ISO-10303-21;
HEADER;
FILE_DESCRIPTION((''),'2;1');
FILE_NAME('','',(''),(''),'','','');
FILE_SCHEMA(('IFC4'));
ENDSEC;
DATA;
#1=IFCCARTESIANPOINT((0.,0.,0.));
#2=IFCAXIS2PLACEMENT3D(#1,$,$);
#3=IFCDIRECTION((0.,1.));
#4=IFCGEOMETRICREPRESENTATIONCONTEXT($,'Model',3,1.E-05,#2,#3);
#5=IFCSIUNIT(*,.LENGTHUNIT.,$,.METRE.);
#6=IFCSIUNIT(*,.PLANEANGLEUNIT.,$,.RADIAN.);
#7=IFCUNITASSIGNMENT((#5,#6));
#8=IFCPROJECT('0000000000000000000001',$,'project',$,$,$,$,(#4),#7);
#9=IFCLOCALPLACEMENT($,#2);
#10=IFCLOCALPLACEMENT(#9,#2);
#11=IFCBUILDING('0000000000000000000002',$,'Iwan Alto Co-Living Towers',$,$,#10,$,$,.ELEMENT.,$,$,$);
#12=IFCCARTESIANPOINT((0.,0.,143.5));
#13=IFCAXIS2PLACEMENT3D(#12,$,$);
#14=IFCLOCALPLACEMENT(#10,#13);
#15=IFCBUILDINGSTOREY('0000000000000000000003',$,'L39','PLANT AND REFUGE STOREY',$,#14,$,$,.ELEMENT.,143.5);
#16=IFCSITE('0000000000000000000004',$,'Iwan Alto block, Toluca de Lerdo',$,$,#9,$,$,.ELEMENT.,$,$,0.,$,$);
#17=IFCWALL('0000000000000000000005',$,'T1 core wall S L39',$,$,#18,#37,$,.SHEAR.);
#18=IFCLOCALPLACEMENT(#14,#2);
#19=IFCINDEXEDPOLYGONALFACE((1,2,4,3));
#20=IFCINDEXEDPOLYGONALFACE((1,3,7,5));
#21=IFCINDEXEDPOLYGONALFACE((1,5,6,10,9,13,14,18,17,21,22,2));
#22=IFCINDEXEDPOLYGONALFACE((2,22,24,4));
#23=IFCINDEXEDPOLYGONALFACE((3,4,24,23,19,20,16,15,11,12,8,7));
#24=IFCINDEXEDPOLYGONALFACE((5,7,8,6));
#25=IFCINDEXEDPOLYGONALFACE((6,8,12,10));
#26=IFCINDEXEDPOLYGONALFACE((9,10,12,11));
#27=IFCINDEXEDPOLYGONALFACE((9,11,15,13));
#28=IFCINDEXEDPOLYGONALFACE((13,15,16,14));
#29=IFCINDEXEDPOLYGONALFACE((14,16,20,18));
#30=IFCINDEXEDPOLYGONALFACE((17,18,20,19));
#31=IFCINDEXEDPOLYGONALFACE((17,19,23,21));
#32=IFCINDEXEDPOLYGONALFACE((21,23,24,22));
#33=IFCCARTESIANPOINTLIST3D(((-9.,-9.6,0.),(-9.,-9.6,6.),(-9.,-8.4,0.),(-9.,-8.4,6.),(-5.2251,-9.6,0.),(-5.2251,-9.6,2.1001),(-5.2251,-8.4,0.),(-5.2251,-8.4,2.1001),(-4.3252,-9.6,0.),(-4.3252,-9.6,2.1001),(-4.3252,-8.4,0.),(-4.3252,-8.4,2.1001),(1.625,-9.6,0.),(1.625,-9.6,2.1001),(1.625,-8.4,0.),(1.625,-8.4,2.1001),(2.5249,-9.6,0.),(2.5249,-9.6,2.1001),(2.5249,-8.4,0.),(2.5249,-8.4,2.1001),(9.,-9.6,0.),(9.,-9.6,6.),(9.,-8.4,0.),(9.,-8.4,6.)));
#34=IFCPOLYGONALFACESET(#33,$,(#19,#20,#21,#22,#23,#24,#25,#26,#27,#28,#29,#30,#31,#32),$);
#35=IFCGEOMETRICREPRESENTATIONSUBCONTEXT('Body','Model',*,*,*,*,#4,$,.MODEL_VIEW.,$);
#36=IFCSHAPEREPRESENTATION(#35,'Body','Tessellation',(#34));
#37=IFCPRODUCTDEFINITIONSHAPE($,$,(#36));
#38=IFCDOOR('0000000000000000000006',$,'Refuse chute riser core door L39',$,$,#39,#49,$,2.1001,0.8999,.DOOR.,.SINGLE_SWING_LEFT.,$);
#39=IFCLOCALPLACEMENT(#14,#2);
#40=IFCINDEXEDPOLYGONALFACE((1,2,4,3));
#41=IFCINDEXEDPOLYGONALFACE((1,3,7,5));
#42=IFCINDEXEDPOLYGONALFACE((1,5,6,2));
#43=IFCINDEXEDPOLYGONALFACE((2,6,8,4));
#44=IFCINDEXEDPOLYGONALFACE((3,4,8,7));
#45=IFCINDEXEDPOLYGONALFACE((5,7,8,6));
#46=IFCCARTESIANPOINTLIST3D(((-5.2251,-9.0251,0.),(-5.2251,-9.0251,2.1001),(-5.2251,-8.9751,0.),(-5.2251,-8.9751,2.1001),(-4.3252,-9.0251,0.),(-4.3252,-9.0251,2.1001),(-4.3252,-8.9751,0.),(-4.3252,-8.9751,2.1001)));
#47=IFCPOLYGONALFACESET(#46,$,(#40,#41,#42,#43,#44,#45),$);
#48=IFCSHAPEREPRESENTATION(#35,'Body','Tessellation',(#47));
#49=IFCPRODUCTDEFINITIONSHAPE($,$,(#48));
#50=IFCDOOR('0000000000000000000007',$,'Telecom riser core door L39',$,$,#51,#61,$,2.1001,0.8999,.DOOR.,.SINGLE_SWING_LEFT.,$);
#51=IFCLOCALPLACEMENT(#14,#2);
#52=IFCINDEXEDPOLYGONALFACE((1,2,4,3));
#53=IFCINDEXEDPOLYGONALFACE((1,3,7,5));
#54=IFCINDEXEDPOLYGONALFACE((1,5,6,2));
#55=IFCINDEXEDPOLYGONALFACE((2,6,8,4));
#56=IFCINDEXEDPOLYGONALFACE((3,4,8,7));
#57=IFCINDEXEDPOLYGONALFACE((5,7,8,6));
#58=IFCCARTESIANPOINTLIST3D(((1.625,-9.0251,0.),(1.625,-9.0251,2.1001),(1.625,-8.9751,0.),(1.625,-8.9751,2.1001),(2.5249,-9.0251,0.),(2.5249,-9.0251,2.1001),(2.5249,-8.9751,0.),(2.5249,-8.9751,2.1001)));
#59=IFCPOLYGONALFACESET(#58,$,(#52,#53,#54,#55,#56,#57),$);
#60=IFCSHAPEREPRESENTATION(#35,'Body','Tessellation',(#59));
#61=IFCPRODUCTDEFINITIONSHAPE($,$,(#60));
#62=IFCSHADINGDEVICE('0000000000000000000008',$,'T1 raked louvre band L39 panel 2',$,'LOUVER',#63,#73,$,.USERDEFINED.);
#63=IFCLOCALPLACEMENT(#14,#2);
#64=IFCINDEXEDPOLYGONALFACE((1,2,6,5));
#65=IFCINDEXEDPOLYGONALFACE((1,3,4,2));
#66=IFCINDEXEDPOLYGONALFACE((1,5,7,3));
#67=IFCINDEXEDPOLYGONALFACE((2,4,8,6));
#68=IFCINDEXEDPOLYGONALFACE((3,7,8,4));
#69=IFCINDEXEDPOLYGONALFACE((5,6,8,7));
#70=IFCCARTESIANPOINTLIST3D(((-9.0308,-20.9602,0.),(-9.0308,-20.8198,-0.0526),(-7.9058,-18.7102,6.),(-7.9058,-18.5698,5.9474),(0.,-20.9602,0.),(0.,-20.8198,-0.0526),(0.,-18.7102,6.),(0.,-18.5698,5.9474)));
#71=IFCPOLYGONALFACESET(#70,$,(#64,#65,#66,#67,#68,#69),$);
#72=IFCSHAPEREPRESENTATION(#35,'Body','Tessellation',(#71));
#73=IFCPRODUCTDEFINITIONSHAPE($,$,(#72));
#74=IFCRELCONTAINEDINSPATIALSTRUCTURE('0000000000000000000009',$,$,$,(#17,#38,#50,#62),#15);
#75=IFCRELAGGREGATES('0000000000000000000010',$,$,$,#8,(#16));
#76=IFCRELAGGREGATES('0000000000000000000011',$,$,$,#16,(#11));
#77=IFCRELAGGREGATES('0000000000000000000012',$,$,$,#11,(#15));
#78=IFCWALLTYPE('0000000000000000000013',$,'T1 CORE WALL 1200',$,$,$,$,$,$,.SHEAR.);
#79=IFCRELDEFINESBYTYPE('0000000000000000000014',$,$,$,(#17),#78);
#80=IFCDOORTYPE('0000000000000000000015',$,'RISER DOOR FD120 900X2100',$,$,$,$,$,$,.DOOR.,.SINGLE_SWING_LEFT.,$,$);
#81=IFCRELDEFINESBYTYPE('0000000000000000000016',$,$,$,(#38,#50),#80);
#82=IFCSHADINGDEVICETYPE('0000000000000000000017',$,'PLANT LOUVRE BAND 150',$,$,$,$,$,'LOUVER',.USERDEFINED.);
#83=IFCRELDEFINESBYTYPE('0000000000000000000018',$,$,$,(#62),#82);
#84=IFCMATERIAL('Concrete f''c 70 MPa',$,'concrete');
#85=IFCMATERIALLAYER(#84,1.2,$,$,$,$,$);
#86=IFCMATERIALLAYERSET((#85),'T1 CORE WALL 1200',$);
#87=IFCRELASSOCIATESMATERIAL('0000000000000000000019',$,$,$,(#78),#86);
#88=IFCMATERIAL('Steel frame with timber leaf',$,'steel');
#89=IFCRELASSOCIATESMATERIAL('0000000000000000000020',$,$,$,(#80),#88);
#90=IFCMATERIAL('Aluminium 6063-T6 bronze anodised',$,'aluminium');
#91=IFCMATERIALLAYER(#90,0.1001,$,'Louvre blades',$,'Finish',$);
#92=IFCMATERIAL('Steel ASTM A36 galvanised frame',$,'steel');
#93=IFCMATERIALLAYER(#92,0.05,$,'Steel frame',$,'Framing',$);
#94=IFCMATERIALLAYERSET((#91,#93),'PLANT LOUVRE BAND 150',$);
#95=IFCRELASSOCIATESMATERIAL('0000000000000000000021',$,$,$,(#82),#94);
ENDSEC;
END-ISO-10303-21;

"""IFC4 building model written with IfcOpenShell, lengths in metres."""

from ifc_helpers import new_model, si_unit, direction, frame, frame_2d, origin, place, context, subcontext, project, spatial, polyline, rectangle, outline, extrude, material, layer, layer_set, type_object, element, fill, save


model = new_model("IFC4")

# Units and contexts
model_context = context("Model", 3, precision=1e-05, world=origin(), true_north=direction((0.0, 1.0)))
body_context = subcontext(model_context, "Body", "Model", "MODEL_VIEW")
ifc_project = project(units=[si_unit("LENGTHUNIT", "METRE"), si_unit("PLANEANGLEUNIT", "RADIAN")], contexts=[model_context])

# Site, building, storey
site_placement = place(None, origin())
site = spatial("IfcSite", under=ifc_project, at=site_placement, Name="Iwan Alto block, Toluca de Lerdo", CompositionType="ELEMENT", RefElevation=0.0)
building_placement = place(site_placement, origin())
building = spatial("IfcBuilding", under=site, at=building_placement, Name="Iwan Alto Co-Living Towers", CompositionType="ELEMENT")
storey_placement = place(building_placement, frame((0.0, 0.0, 143.5)))
storey = spatial("IfcBuildingStorey", under=building, at=storey_placement, Name="L39", Description="PLANT AND REFUGE STOREY", CompositionType="ELEMENT", Elevation=143.5)

# Wall, openings, doors
ifc_material_1 = material(Name="Concrete f'c 70 MPa", Category="concrete")
ifc_layer_1 = layer(ifc_material_1, 1.2)
ifc_layer_set_1 = layer_set([ifc_layer_1], Name="T1 CORE WALL 1200")
wall_type_1 = type_object("IfcWallType", Name="T1 CORE WALL 1200", PredefinedType="SHEAR", material=ifc_layer_set_1)
wall_1_placement = place(storey_placement, frame((-9.0, -9.0, 0.0), z_axis=(0.0, 0.0, 1.0), x_axis=(1.0, 0.0, 0.0)))
wall_1 = element("IfcWall", 1, at=wall_1_placement, inside=storey, type_object=wall_type_1, Name="T1 core wall S L39", PredefinedType="SHEAR", context=body_context, shape_type="SweptSolid", body=[
    extrude(rectangle(XDim=18.0, YDim=1.2, at=frame_2d((9.0, 0.0))), origin(), (0.0, 0.0, 1.0), 6.0),
])
opening_1_placement = place(wall_1_placement, frame((3.7749, 0.0, 0.0)))
opening_1 = element("IfcOpeningElement", 2, at=opening_1_placement, cuts=wall_1, PredefinedType="OPENING", context=body_context, shape_type="SweptSolid", body=[
    extrude(rectangle(XDim=0.8999, YDim=2.1001, at=frame_2d((0.45, 1.05))), frame((0.0, 0.6099, 0.0), z_axis=(0.0, -1.0, 0.0), x_axis=(1.0, 0.0, 0.0)), (0.0, 0.0, 1.0), 1.22),
])
opening_2_placement = place(wall_1_placement, frame((10.625, 0.0, 0.0)))
opening_2 = element("IfcOpeningElement", 3, at=opening_2_placement, cuts=wall_1, PredefinedType="OPENING", context=body_context, shape_type="SweptSolid", body=[
    extrude(rectangle(XDim=0.8999, YDim=2.1001, at=frame_2d((0.45, 1.05))), frame((0.0, 0.6099, 0.0), z_axis=(0.0, -1.0, 0.0), x_axis=(1.0, 0.0, 0.0)), (0.0, 0.0, 1.0), 1.22),
])
ifc_material_2 = material(Name="Steel frame with timber leaf", Category="steel")
door_type_1 = type_object("IfcDoorType", Name="RISER DOOR FD120 900X2100", OperationType="SINGLE_SWING_LEFT", PredefinedType="DOOR", material=ifc_material_2)
door_1_placement = place(opening_1_placement, origin())
door_1 = element("IfcDoor", 4, at=door_1_placement, inside=storey, type_object=door_type_1, Name="Refuse chute riser core door L39", OperationType="SINGLE_SWING_LEFT", OverallHeight=2.1001, OverallWidth=0.8999, PredefinedType="DOOR", context=body_context, shape_type="SweptSolid", body=[
    extrude(rectangle(XDim=0.8999, YDim=2.1001, at=frame_2d((0.45, 1.05))), frame((0.0, 0.0249, 0.0), z_axis=(0.0, -1.0, 0.0), x_axis=(1.0, 0.0, 0.0)), (0.0, 0.0, 1.0), 0.05),
])
fill(opening_1, door_1)
door_2_placement = place(opening_2_placement, origin())
door_2 = element("IfcDoor", 5, at=door_2_placement, inside=storey, type_object=door_type_1, Name="Telecom riser core door L39", OperationType="SINGLE_SWING_LEFT", OverallHeight=2.1001, OverallWidth=0.8999, PredefinedType="DOOR", context=body_context, shape_type="SweptSolid", body=[
    extrude(rectangle(XDim=0.8999, YDim=2.1001, at=frame_2d((0.45, 1.05))), frame((0.0, 0.0249, 0.0), z_axis=(0.0, -1.0, 0.0), x_axis=(1.0, 0.0, 0.0)), (0.0, 0.0, 1.0), 0.05),
])
fill(opening_2, door_2)

# Shading device
ifc_material_3 = material(Name="Aluminium 6063-T6 bronze anodised", Category="aluminium")
ifc_layer_2 = layer(ifc_material_3, 0.1001, Name="Louvre blades", Category="Finish")
ifc_material_4 = material(Name="Steel ASTM A36 galvanised frame", Category="steel")
ifc_layer_3 = layer(ifc_material_4, 0.05, Name="Steel frame", Category="Framing")
ifc_layer_set_2 = layer_set([ifc_layer_2, ifc_layer_3], Name="PLANT LOUVRE BAND 150")
shading_device_type = type_object("IfcShadingDeviceType", Name="PLANT LOUVRE BAND 150", ElementType="LOUVER", PredefinedType="USERDEFINED", material=ifc_layer_set_2)
shading_device_placement = place(storey_placement, frame((-9.0308, -20.9602, 0.0), z_axis=(0.0, -0.936329, 0.351123), x_axis=(1.0, 0.0, 0.0)))
element("IfcShadingDevice", 6, at=shading_device_placement, inside=storey, type_object=shading_device_type, Name="T1 raked louvre band L39 panel 2", ObjectType="LOUVER", PredefinedType="USERDEFINED", context=body_context, shape_type="SweptSolid", body=[
    extrude(outline(polyline([(0.0, 0.0), (9.0308, 0.0), (9.0308, 6.408), (1.125, 6.408), (0.0, 0.0)])), origin(), (0.0, 0.0, -1.0), 0.1499),
])

save(model, "model.ifc")
